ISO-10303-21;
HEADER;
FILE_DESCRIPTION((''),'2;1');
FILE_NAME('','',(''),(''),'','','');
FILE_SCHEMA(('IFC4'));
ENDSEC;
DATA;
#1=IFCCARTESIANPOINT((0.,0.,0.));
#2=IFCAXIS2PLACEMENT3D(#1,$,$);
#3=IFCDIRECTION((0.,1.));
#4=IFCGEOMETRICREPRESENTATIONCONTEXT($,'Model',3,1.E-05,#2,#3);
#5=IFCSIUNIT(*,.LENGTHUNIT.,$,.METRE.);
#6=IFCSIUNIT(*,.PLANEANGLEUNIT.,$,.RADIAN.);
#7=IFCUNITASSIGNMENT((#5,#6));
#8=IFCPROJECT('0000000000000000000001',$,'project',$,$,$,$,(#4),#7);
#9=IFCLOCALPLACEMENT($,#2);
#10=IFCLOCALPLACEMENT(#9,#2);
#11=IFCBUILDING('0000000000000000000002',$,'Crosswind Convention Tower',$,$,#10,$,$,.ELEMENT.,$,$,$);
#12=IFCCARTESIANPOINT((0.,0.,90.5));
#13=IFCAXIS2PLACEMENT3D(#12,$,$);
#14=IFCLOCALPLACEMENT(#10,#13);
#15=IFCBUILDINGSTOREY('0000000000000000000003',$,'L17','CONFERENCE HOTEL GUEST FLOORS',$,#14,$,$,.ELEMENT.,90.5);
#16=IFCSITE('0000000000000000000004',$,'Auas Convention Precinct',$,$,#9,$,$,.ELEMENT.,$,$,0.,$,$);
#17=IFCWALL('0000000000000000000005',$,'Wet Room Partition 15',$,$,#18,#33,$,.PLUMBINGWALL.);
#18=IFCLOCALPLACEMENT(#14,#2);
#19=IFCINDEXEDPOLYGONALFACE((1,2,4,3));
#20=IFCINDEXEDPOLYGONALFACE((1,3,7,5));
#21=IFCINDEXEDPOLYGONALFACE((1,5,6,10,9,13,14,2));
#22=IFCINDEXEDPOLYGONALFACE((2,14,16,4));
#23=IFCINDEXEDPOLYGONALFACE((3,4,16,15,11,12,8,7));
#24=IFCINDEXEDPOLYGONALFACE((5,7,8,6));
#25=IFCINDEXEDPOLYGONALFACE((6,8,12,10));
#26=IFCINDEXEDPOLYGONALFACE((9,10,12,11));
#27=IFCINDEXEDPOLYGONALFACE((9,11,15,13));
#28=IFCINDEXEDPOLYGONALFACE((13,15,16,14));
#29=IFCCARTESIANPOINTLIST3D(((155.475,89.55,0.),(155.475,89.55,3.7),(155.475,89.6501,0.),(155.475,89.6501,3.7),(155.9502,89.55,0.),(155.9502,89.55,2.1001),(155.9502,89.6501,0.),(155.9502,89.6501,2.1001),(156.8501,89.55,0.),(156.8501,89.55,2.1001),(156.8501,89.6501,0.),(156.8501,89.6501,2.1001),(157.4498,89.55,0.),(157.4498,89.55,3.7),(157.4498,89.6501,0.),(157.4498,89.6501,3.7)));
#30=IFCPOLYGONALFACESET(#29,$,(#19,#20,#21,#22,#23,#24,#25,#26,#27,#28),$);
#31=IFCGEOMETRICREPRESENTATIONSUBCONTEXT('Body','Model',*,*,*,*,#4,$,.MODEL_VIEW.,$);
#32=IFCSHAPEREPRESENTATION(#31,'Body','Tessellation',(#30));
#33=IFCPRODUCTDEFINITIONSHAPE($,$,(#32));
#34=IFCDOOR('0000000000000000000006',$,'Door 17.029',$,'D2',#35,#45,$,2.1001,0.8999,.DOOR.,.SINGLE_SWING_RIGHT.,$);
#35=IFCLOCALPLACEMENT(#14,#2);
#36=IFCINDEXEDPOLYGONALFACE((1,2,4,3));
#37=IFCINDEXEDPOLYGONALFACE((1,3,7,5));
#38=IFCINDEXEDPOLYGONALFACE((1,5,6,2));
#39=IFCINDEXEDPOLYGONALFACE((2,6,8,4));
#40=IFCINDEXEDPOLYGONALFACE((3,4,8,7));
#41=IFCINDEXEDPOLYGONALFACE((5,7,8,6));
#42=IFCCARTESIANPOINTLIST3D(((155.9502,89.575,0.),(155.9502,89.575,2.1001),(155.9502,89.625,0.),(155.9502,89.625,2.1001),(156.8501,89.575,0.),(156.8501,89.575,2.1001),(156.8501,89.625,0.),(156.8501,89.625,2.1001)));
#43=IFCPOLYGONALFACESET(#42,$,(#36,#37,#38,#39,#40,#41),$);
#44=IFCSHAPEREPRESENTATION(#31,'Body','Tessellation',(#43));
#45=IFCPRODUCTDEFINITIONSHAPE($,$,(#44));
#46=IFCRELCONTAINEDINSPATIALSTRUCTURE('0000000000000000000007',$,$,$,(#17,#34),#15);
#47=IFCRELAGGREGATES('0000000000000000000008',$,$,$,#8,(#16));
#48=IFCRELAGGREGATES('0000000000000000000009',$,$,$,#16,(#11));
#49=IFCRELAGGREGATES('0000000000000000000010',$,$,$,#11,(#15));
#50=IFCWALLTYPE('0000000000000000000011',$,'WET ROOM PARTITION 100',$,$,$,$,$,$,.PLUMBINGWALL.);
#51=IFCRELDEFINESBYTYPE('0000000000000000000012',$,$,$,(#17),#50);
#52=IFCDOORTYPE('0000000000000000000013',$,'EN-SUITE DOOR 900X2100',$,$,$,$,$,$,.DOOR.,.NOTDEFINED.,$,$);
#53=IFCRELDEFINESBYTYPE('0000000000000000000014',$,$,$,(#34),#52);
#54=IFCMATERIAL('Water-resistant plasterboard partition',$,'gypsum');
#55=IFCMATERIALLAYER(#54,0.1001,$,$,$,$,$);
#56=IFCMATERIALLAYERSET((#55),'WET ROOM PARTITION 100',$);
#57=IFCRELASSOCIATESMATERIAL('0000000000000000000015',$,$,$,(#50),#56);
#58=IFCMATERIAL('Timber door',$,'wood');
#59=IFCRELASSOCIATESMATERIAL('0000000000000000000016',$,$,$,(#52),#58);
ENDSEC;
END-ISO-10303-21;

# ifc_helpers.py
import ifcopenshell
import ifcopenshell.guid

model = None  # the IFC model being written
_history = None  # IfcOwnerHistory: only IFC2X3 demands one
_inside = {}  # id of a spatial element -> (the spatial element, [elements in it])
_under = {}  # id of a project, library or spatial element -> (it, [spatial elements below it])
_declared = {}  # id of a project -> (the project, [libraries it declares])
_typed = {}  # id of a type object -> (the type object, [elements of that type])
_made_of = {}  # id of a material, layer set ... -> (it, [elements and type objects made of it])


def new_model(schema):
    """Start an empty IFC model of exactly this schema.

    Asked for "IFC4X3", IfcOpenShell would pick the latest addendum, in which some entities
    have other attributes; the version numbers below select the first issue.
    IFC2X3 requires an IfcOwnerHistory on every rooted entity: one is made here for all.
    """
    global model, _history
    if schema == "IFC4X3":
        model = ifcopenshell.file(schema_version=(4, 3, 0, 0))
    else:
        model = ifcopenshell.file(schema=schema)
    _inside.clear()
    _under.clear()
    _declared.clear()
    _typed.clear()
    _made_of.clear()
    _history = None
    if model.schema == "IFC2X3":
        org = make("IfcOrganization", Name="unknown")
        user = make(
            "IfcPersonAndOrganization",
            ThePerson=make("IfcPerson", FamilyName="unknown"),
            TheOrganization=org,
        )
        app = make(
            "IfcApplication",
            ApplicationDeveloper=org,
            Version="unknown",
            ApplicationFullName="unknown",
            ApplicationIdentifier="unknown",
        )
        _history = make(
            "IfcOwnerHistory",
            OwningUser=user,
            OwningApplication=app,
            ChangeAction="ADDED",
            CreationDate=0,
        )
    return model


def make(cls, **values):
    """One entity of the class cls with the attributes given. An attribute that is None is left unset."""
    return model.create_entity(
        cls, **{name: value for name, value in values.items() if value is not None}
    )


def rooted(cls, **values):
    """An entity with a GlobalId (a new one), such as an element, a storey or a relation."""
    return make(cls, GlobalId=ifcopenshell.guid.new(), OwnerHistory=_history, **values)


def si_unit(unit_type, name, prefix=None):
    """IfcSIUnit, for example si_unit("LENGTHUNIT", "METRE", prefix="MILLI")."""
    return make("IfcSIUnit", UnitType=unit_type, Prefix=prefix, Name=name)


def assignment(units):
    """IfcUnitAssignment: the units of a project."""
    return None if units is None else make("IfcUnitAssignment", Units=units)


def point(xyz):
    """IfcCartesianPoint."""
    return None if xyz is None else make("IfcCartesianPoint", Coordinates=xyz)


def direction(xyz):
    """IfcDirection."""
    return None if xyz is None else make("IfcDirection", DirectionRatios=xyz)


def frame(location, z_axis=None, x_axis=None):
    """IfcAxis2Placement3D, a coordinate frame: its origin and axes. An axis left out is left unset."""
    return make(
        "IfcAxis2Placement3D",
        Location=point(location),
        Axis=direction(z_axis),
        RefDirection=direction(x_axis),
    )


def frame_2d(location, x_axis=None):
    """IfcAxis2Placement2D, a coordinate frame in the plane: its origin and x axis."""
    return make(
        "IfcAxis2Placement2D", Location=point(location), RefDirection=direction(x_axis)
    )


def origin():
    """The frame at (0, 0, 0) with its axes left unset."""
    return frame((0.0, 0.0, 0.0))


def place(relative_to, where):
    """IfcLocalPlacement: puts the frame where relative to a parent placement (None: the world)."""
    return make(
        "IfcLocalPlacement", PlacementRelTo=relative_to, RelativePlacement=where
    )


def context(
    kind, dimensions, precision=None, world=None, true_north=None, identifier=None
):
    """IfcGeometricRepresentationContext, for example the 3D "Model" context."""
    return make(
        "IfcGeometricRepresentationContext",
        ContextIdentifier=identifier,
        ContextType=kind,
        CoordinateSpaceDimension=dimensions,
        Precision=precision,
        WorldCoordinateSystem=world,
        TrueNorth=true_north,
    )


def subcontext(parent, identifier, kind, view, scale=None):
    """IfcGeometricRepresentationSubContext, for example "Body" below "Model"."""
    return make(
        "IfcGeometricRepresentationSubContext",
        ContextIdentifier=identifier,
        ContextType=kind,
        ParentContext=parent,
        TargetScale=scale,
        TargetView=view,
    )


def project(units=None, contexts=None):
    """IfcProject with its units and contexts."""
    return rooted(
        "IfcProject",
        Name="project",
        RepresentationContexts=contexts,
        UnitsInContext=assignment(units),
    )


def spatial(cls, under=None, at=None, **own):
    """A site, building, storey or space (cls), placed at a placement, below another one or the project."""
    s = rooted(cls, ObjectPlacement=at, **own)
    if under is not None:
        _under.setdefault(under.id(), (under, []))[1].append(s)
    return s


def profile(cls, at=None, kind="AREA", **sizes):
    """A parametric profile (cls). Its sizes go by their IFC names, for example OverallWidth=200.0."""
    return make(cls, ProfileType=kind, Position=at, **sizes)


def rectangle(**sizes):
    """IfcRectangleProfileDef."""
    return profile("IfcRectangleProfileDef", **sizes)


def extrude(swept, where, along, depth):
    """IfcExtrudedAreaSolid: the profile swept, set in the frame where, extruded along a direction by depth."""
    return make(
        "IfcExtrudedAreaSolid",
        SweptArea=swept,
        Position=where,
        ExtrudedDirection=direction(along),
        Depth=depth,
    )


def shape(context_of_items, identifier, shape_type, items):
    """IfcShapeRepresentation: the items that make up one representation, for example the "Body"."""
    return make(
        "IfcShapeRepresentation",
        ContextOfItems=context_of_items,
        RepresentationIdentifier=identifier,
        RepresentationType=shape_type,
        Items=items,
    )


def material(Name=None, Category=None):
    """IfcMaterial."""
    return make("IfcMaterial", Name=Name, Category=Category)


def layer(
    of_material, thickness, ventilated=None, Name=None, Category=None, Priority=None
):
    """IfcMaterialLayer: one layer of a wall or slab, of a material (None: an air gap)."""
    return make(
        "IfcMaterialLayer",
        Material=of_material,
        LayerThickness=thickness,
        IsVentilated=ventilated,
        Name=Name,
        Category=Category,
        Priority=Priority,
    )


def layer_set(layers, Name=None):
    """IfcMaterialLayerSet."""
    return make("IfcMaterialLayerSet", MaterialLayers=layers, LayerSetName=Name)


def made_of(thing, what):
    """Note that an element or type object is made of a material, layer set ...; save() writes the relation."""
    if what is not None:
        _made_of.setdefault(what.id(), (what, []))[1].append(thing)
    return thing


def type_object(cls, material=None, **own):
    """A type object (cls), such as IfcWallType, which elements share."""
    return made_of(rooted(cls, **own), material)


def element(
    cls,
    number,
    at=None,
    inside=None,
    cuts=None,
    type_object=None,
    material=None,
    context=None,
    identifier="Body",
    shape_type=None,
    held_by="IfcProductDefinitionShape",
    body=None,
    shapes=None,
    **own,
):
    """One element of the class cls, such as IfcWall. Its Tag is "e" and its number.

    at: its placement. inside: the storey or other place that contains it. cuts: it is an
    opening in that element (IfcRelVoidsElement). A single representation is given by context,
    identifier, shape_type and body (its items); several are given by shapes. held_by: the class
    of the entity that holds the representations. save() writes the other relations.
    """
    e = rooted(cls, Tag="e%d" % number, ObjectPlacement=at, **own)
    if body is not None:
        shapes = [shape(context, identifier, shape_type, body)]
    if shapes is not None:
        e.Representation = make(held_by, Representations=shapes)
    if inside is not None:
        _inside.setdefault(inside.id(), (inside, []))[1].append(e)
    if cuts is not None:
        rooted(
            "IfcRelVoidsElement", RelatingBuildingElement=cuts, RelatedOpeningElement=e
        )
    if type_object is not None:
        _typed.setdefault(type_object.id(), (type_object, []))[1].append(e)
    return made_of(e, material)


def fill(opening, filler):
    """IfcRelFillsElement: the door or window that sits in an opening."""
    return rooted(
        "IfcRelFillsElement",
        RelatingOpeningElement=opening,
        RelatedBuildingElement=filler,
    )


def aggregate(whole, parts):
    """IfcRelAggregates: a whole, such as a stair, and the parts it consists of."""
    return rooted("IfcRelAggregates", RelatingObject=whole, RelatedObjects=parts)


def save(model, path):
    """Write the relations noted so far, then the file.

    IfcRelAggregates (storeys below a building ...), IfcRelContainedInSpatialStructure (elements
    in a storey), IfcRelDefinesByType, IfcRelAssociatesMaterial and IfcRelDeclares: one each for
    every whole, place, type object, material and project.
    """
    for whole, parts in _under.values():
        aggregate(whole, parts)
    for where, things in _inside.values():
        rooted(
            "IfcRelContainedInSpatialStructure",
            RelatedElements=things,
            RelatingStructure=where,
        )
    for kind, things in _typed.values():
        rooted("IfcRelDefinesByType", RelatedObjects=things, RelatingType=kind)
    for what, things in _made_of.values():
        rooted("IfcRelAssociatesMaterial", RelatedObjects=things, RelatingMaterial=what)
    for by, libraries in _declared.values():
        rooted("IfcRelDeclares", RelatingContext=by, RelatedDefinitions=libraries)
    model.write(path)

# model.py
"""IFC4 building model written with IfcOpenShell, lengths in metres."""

from ifc_helpers import new_model, si_unit, direction, frame, frame_2d, origin, place, context, subcontext, project, spatial, rectangle, extrude, material, layer, layer_set, type_object, element, fill, save


model = new_model("IFC4")

# Units and contexts
model_context = context("Model", 3, precision=1e-05, world=origin(), true_north=direction((0.0, 1.0)))
body_context = subcontext(model_context, "Body", "Model", "MODEL_VIEW")
ifc_project = project(units=[si_unit("LENGTHUNIT", "METRE"), si_unit("PLANEANGLEUNIT", "RADIAN")], contexts=[model_context])

# Site, building, storey
site_placement = place(None, origin())
site = spatial("IfcSite", under=ifc_project, at=site_placement, Name="Auas Convention Precinct", CompositionType="ELEMENT", RefElevation=0.0)
building_placement = place(site_placement, origin())
building = spatial("IfcBuilding", under=site, at=building_placement, Name="Crosswind Convention Tower", CompositionType="ELEMENT")
storey_placement = place(building_placement, frame((0.0, 0.0, 90.5)))
storey = spatial("IfcBuildingStorey", under=building, at=storey_placement, Name="L17", Description="CONFERENCE HOTEL GUEST FLOORS", CompositionType="ELEMENT", Elevation=90.5)

# Wall, opening, door
ifc_material_1 = material(Name="Water-resistant plasterboard partition", Category="gypsum")
ifc_layer_1 = layer(ifc_material_1, 0.1001)
ifc_layer_set_1 = layer_set([ifc_layer_1], Name="WET ROOM PARTITION 100")
wall_type_1 = type_object("IfcWallType", Name="WET ROOM PARTITION 100", PredefinedType="PLUMBINGWALL", material=ifc_layer_set_1)
wall_1_placement = place(storey_placement, frame((155.4751, 89.6001, 0.0), z_axis=(0.0, 0.0, 1.0), x_axis=(1.0, 0.0, 0.0)))
wall_1 = element("IfcWall", 1, at=wall_1_placement, inside=storey, type_object=wall_type_1, Name="Wet Room Partition 15", PredefinedType="PLUMBINGWALL", context=body_context, shape_type="SweptSolid", body=[
    extrude(rectangle(XDim=1.9749, YDim=0.1001, at=frame_2d((0.9873, 0.0))), origin(), (0.0, 0.0, 1.0), 3.7),
])
opening_1_placement = place(wall_1_placement, frame((0.4751, 0.0, 0.0)))
opening_1 = element("IfcOpeningElement", 2, at=opening_1_placement, cuts=wall_1, PredefinedType="OPENING", context=body_context, shape_type="SweptSolid", body=[
    extrude(rectangle(XDim=0.8999, YDim=2.1001, at=frame_2d((0.45, 1.05))), frame((0.0, 0.0601, 0.0), z_axis=(0.0, -1.0, 0.0), x_axis=(1.0, 0.0, 0.0)), (0.0, 0.0, 1.0), 0.1201),
])
ifc_material_2 = material(Name="Timber door", Category="wood")
door_type_1 = type_object("IfcDoorType", Name="EN-SUITE DOOR 900X2100", OperationType="NOTDEFINED", PredefinedType="DOOR", material=ifc_material_2)
door_1_placement = place(opening_1_placement, origin())
door_1 = element("IfcDoor", 3, at=door_1_placement, inside=storey, type_object=door_type_1, Name="Door 17.029", ObjectType="D2", OperationType="SINGLE_SWING_RIGHT", OverallHeight=2.1001, OverallWidth=0.8999, PredefinedType="DOOR", context=body_context, shape_type="SweptSolid", body=[
    extrude(rectangle(XDim=0.8999, YDim=2.1001, at=frame_2d((0.45, 1.05))), frame((0.0, 0.0249, 0.0), z_axis=(0.0, -1.0, 0.0), x_axis=(1.0, 0.0, 0.0)), (0.0, 0.0, 1.0), 0.05),
])
fill(opening_1, door_1)

save(model, "model.ifc")
